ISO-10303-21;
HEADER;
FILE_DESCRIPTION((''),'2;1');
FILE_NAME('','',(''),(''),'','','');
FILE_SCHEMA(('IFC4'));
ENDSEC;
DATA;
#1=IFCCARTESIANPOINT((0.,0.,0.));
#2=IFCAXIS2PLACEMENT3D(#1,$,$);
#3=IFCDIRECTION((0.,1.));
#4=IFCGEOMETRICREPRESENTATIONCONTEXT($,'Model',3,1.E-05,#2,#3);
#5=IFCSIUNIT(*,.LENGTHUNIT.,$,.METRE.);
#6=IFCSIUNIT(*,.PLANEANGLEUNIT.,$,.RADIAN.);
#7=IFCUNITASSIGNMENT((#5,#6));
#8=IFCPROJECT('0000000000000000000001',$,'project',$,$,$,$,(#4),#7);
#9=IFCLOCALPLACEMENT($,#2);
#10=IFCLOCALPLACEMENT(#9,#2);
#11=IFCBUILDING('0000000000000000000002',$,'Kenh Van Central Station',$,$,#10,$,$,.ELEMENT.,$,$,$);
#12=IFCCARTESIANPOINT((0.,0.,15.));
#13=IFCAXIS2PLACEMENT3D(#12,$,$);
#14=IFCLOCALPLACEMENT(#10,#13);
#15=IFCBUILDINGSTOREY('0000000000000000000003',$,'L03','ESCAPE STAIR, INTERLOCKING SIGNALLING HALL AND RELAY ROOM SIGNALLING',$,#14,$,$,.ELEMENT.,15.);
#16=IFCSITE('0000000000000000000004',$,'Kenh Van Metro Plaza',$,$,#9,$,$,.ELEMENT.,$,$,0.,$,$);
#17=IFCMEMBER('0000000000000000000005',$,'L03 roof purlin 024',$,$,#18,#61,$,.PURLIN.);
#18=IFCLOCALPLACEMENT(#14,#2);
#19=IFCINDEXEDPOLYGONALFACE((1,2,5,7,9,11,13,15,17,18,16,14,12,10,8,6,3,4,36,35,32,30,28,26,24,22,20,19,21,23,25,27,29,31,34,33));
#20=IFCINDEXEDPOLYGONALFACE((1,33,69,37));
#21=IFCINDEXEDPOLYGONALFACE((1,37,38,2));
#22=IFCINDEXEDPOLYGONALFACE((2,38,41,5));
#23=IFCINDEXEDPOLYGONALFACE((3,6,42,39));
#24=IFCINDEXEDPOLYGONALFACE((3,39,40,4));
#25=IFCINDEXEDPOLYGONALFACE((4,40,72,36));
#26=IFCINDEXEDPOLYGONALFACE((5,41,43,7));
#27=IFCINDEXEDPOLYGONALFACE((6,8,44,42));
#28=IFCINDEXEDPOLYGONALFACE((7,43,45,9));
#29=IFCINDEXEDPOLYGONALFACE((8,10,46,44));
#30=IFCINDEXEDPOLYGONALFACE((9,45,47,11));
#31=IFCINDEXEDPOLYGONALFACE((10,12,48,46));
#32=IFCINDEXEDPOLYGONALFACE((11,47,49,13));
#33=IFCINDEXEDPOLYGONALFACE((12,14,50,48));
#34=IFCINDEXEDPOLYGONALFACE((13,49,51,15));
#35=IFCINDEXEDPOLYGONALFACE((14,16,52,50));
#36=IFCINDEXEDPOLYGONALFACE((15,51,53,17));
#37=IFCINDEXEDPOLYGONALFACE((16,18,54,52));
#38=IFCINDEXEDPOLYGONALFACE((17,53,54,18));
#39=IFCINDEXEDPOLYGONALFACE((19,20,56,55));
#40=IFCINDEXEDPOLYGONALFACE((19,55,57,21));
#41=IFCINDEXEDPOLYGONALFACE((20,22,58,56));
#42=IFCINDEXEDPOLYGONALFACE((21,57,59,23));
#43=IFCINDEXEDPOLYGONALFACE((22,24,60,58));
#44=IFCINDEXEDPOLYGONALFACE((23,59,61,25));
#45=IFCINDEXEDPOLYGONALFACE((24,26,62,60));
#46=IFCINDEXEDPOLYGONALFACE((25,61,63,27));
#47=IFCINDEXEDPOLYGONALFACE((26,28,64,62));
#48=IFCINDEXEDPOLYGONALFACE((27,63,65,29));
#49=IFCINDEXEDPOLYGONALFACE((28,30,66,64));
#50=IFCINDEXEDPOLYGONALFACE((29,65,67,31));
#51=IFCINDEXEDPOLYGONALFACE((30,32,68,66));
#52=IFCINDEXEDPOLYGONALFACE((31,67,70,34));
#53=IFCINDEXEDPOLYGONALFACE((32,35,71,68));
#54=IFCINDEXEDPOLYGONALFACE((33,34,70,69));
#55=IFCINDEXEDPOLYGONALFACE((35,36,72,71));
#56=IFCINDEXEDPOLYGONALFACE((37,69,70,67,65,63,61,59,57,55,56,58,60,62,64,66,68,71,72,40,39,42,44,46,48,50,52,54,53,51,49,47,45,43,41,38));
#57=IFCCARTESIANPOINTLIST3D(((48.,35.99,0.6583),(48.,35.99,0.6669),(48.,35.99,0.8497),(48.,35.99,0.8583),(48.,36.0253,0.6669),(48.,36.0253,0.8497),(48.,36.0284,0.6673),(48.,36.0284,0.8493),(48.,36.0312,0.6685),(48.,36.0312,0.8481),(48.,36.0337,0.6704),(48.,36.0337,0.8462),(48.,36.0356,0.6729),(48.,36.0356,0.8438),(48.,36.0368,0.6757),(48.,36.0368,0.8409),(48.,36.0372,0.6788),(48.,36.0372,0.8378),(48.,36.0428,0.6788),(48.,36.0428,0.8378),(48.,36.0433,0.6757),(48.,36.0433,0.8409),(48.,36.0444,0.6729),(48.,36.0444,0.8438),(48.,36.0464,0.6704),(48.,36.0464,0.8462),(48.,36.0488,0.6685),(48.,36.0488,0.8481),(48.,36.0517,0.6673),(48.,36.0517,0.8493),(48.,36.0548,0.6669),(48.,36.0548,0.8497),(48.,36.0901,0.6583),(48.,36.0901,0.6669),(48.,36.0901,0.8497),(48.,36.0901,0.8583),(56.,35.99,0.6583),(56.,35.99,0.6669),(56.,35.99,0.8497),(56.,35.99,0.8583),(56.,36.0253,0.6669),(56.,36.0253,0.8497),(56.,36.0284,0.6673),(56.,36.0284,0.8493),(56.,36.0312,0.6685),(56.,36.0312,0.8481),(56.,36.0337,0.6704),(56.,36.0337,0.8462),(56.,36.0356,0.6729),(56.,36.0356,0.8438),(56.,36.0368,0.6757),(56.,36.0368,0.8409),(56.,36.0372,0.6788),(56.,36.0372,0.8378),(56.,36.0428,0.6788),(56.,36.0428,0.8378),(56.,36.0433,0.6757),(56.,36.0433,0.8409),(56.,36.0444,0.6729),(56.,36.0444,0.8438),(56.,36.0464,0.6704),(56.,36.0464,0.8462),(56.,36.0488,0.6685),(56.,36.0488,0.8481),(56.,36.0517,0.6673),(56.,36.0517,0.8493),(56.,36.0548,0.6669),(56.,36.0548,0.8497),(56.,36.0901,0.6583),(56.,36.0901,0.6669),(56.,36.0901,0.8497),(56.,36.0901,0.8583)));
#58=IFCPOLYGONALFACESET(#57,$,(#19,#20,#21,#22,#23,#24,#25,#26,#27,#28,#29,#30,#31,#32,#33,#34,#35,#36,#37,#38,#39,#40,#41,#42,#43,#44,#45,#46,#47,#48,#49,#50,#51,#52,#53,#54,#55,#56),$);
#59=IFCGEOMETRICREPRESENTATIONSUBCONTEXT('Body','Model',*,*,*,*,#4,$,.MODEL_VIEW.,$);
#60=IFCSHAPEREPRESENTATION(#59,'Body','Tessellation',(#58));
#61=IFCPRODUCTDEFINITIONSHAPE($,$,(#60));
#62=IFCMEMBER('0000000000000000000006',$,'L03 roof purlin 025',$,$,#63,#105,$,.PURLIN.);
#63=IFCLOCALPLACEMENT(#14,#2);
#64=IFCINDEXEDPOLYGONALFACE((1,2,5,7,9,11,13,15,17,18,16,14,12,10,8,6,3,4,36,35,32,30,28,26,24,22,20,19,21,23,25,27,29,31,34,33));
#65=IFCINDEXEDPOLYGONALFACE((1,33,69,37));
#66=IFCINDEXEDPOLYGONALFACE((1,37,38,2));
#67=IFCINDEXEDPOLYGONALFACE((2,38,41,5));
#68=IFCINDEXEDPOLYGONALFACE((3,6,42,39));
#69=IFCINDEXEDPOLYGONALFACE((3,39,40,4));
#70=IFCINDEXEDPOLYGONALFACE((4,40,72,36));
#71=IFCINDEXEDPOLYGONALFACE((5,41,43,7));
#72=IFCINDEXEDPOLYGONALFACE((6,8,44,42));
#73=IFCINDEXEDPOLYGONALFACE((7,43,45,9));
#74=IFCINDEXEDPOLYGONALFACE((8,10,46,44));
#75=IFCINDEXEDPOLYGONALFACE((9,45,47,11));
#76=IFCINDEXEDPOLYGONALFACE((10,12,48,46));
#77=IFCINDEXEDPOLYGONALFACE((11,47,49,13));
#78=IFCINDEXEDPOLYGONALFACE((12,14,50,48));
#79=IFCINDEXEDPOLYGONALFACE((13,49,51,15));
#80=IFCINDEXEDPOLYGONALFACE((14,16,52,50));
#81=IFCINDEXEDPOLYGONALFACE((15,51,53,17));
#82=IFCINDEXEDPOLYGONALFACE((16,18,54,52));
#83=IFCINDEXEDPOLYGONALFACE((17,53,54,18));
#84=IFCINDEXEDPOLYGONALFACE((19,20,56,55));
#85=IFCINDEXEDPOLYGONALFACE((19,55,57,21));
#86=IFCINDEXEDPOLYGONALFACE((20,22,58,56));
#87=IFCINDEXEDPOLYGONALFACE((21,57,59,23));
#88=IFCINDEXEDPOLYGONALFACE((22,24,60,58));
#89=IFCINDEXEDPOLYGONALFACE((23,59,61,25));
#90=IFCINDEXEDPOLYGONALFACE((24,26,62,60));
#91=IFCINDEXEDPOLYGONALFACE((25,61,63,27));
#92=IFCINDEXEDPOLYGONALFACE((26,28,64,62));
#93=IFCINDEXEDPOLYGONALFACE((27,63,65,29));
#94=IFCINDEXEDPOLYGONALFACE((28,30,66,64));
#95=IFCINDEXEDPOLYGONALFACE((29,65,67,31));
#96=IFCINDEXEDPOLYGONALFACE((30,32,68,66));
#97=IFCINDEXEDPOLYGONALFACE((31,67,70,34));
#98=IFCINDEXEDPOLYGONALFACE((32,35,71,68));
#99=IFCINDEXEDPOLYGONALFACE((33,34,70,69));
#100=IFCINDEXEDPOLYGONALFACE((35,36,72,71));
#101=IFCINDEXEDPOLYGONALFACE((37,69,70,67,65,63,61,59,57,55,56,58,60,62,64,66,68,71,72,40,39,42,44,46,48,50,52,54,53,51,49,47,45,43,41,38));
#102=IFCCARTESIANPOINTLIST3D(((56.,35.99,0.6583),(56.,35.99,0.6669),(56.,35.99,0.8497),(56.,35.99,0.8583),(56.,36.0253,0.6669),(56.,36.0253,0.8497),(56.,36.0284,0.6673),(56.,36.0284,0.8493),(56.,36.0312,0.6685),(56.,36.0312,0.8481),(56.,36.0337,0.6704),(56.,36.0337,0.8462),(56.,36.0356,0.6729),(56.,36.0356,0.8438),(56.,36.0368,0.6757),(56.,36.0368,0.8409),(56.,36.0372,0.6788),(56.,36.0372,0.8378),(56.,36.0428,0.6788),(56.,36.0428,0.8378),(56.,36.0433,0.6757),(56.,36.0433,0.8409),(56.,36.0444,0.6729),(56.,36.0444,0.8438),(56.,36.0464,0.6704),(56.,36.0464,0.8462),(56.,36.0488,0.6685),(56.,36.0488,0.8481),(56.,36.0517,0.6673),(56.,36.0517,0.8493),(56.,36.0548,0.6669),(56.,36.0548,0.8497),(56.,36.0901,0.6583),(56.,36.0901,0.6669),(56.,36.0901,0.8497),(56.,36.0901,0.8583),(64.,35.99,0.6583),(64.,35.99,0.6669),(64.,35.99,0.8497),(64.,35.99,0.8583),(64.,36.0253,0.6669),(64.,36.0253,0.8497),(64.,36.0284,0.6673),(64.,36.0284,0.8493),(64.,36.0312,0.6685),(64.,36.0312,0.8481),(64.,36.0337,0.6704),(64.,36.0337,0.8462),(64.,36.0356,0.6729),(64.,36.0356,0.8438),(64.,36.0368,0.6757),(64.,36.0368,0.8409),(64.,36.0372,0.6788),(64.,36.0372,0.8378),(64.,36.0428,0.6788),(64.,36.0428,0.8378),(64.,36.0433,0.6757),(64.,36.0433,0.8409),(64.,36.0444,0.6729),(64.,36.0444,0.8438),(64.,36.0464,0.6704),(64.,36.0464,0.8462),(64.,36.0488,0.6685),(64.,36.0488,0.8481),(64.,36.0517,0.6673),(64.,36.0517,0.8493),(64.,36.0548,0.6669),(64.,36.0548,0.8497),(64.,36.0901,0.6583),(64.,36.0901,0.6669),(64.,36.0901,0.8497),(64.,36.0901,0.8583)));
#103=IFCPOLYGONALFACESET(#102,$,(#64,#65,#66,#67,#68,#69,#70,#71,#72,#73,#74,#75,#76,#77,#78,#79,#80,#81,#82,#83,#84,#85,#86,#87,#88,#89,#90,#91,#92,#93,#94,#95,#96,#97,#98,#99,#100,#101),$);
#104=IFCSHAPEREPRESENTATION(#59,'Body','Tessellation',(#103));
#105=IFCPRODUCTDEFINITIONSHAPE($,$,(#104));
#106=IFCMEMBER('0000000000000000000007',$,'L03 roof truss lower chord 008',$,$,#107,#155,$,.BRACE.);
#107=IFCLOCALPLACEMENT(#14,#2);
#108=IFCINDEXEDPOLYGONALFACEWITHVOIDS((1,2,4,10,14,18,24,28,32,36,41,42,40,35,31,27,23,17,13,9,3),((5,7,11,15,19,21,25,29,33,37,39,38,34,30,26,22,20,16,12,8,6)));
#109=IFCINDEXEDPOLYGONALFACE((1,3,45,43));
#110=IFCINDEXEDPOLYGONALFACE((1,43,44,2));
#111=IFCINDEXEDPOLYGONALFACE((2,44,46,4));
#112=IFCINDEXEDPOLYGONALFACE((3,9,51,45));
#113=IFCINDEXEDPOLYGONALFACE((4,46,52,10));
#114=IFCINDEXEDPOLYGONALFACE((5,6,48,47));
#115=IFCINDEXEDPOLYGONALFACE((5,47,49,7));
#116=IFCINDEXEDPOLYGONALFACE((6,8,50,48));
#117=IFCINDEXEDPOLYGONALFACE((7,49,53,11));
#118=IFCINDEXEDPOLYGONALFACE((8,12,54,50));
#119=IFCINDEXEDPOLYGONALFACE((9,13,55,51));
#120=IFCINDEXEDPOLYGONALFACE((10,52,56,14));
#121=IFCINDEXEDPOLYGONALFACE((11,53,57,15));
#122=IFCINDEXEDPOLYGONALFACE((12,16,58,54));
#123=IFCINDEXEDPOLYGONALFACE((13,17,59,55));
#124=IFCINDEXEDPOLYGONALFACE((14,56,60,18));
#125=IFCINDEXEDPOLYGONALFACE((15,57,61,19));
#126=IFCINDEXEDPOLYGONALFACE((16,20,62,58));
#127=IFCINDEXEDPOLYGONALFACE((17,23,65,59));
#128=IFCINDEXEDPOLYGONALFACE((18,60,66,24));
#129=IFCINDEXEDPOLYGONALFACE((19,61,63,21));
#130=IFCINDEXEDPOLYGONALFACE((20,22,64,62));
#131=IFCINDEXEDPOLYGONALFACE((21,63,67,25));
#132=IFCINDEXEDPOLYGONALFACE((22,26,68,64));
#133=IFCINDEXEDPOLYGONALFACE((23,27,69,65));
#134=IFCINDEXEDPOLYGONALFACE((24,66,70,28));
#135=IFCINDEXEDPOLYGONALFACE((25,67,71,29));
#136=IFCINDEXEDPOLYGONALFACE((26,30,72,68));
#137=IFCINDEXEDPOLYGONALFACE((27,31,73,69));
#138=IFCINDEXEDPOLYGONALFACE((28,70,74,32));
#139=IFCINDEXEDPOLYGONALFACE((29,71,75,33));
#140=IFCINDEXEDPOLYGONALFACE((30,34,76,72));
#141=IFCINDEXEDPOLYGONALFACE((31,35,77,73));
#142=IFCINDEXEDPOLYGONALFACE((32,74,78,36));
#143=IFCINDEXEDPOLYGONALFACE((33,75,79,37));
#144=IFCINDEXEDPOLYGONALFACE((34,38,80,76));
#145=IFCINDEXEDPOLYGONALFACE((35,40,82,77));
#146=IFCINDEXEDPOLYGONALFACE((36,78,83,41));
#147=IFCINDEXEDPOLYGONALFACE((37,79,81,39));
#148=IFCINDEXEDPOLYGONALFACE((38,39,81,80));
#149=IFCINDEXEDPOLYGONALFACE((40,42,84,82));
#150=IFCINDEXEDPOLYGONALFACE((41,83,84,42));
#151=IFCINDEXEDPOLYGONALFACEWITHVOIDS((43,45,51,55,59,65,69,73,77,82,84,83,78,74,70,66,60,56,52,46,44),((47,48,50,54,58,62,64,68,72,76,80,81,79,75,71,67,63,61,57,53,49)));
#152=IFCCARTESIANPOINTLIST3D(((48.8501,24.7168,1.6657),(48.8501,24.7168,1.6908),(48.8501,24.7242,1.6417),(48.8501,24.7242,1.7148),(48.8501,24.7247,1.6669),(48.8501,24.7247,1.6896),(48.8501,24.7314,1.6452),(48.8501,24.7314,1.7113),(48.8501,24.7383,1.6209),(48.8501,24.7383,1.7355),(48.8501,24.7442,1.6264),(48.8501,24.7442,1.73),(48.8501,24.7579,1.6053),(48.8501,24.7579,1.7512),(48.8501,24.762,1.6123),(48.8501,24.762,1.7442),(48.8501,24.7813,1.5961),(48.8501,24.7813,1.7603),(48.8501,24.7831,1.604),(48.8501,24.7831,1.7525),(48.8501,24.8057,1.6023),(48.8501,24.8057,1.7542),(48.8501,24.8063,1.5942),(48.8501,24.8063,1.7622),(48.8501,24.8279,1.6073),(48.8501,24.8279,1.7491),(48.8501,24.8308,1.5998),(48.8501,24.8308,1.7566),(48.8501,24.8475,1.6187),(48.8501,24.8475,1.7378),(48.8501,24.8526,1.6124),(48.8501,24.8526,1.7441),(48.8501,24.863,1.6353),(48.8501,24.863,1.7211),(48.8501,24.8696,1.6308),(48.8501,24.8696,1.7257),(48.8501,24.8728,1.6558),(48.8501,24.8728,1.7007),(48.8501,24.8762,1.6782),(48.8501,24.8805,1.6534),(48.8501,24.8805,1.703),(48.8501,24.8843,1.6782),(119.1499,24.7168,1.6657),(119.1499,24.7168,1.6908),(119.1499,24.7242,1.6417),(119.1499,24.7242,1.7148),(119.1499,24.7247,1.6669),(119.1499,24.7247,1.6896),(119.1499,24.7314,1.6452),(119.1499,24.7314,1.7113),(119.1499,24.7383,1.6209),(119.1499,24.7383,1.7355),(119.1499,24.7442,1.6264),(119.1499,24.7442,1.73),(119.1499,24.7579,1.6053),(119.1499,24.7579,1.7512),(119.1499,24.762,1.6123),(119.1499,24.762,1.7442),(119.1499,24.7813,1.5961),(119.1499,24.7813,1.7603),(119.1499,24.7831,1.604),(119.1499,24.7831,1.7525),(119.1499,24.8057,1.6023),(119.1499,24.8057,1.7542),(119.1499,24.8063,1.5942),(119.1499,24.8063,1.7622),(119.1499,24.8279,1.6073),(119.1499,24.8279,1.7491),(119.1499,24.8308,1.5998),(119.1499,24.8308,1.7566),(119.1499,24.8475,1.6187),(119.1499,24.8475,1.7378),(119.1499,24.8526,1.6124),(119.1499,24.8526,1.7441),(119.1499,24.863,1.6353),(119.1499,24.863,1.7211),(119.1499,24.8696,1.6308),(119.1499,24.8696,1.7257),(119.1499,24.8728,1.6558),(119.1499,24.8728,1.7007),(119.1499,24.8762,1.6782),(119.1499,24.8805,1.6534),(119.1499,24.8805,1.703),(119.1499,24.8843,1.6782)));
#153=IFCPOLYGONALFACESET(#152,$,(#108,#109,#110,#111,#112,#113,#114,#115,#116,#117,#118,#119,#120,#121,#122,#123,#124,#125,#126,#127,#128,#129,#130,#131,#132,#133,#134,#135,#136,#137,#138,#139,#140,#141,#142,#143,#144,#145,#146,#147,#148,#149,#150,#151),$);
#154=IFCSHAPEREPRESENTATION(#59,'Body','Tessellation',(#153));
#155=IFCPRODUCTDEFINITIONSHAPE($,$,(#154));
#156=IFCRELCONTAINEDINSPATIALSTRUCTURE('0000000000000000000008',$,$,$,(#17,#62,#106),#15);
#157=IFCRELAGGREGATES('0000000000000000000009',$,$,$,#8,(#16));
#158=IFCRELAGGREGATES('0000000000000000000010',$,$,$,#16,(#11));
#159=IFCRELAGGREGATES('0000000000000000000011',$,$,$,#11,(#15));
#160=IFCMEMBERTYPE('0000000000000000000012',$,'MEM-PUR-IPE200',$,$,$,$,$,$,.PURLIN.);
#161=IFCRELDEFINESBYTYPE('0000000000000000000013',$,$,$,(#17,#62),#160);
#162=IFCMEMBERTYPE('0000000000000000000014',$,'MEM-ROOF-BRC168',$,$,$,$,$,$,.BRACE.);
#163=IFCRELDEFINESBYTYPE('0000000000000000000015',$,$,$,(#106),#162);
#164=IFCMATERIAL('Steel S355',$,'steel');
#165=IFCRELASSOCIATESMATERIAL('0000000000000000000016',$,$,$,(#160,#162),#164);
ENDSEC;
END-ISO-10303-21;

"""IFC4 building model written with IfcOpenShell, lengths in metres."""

from ifc_helpers import new_model, si_unit, direction, frame, origin, origin_2d, place, context, subcontext, project, spatial, hollow_circle, i_section, extrude, material, material_profile, profile_set, type_object, element, save


model = new_model("IFC4")

# Units and contexts
model_context = context("Model", 3, precision=1e-05, world=origin(), true_north=direction((0.0, 1.0)))
body_context = subcontext(model_context, "Body", "Model", "MODEL_VIEW")
ifc_project = project(units=[si_unit("LENGTHUNIT", "METRE"), si_unit("PLANEANGLEUNIT", "RADIAN")], contexts=[model_context])

# Site, building, storey
site_placement = place(None, origin())
site = spatial("IfcSite", under=ifc_project, at=site_placement, Name="Kenh Van Metro Plaza", CompositionType="ELEMENT", RefElevation=0.0)
building_placement = place(site_placement, origin())
building = spatial("IfcBuilding", under=site, at=building_placement, Name="Kenh Van Central Station", CompositionType="ELEMENT")
storey_placement = place(building_placement, frame((0.0, 0.0, 15.0)))
storey = spatial("IfcBuildingStorey", under=building, at=storey_placement, Name="L03", Description="ESCAPE STAIR, INTERLOCKING SIGNALLING HALL AND RELAY ROOM SIGNALLING", CompositionType="ELEMENT", Elevation=15.0)

# Shared definitions
ifc_material_1 = material(Name="Steel S355", Category="steel")

# Members
ifc_material_profile_1 = material_profile(ifc_material_1, i_section(OverallWidth=0.1001, OverallDepth=0.2, WebThickness=0.0056, FlangeThickness=0.0085, FilletRadius=0.012, at=origin_2d()), Name="IPE 200")
ifc_profile_set_1 = profile_set([ifc_material_profile_1], Name="Steel S355")
member_type_1 = type_object("IfcMemberType", Name="MEM-PUR-IPE200", PredefinedType="PURLIN", material=ifc_profile_set_1)
for number, where, z_axis, x_axis, name in (
    (1, (48.0, 36.04, 0.7583), (1.0, 0.0, 0.0), (0.0, 1.0, 0.0), "L03 roof purlin 024"),
    (2, (56.0, 36.04, 0.7583), (1.0, 0.0, 0.0), (0.0, 1.0, 0.0), "L03 roof purlin 025"),
):
    element("IfcMember", number, at=place(storey_placement, frame(where, z_axis=z_axis, x_axis=x_axis)), inside=storey, type_object=member_type_1, Name=name, PredefinedType="PURLIN", context=body_context, shape_type="SweptSolid", body=[
        extrude(i_section(OverallWidth=0.1001, OverallDepth=0.2, WebThickness=0.0056, FlangeThickness=0.0085, FilletRadius=0.012, at=origin_2d()), origin(), (0.0, 0.0, 1.0), 8.0),
    ])
ifc_material_profile_2 = material_profile(ifc_material_1, hollow_circle(Radius=0.0842, WallThickness=0.0081, at=origin_2d()), Name="CHS 168.3x8")
ifc_profile_set_2 = profile_set([ifc_material_profile_2], Name="Steel S355")
member_type_2 = type_object("IfcMemberType", Name="MEM-ROOF-BRC168", PredefinedType="BRACE", material=ifc_profile_set_2)
member_1_placement = place(storey_placement, frame((48.8501, 24.8, 1.6782), z_axis=(1.0, 0.0, 0.0), x_axis=(0.0, 1.0, 0.0)))
element("IfcMember", 3, at=member_1_placement, inside=storey, type_object=member_type_2, Name="L03 roof truss lower chord 008", PredefinedType="BRACE", context=body_context, shape_type="SweptSolid", body=[
    extrude(hollow_circle(Radius=0.0842, WallThickness=0.0081, at=origin_2d()), origin(), (0.0, 0.0, 1.0), 70.2998),
])

save(model, "model.ifc")
